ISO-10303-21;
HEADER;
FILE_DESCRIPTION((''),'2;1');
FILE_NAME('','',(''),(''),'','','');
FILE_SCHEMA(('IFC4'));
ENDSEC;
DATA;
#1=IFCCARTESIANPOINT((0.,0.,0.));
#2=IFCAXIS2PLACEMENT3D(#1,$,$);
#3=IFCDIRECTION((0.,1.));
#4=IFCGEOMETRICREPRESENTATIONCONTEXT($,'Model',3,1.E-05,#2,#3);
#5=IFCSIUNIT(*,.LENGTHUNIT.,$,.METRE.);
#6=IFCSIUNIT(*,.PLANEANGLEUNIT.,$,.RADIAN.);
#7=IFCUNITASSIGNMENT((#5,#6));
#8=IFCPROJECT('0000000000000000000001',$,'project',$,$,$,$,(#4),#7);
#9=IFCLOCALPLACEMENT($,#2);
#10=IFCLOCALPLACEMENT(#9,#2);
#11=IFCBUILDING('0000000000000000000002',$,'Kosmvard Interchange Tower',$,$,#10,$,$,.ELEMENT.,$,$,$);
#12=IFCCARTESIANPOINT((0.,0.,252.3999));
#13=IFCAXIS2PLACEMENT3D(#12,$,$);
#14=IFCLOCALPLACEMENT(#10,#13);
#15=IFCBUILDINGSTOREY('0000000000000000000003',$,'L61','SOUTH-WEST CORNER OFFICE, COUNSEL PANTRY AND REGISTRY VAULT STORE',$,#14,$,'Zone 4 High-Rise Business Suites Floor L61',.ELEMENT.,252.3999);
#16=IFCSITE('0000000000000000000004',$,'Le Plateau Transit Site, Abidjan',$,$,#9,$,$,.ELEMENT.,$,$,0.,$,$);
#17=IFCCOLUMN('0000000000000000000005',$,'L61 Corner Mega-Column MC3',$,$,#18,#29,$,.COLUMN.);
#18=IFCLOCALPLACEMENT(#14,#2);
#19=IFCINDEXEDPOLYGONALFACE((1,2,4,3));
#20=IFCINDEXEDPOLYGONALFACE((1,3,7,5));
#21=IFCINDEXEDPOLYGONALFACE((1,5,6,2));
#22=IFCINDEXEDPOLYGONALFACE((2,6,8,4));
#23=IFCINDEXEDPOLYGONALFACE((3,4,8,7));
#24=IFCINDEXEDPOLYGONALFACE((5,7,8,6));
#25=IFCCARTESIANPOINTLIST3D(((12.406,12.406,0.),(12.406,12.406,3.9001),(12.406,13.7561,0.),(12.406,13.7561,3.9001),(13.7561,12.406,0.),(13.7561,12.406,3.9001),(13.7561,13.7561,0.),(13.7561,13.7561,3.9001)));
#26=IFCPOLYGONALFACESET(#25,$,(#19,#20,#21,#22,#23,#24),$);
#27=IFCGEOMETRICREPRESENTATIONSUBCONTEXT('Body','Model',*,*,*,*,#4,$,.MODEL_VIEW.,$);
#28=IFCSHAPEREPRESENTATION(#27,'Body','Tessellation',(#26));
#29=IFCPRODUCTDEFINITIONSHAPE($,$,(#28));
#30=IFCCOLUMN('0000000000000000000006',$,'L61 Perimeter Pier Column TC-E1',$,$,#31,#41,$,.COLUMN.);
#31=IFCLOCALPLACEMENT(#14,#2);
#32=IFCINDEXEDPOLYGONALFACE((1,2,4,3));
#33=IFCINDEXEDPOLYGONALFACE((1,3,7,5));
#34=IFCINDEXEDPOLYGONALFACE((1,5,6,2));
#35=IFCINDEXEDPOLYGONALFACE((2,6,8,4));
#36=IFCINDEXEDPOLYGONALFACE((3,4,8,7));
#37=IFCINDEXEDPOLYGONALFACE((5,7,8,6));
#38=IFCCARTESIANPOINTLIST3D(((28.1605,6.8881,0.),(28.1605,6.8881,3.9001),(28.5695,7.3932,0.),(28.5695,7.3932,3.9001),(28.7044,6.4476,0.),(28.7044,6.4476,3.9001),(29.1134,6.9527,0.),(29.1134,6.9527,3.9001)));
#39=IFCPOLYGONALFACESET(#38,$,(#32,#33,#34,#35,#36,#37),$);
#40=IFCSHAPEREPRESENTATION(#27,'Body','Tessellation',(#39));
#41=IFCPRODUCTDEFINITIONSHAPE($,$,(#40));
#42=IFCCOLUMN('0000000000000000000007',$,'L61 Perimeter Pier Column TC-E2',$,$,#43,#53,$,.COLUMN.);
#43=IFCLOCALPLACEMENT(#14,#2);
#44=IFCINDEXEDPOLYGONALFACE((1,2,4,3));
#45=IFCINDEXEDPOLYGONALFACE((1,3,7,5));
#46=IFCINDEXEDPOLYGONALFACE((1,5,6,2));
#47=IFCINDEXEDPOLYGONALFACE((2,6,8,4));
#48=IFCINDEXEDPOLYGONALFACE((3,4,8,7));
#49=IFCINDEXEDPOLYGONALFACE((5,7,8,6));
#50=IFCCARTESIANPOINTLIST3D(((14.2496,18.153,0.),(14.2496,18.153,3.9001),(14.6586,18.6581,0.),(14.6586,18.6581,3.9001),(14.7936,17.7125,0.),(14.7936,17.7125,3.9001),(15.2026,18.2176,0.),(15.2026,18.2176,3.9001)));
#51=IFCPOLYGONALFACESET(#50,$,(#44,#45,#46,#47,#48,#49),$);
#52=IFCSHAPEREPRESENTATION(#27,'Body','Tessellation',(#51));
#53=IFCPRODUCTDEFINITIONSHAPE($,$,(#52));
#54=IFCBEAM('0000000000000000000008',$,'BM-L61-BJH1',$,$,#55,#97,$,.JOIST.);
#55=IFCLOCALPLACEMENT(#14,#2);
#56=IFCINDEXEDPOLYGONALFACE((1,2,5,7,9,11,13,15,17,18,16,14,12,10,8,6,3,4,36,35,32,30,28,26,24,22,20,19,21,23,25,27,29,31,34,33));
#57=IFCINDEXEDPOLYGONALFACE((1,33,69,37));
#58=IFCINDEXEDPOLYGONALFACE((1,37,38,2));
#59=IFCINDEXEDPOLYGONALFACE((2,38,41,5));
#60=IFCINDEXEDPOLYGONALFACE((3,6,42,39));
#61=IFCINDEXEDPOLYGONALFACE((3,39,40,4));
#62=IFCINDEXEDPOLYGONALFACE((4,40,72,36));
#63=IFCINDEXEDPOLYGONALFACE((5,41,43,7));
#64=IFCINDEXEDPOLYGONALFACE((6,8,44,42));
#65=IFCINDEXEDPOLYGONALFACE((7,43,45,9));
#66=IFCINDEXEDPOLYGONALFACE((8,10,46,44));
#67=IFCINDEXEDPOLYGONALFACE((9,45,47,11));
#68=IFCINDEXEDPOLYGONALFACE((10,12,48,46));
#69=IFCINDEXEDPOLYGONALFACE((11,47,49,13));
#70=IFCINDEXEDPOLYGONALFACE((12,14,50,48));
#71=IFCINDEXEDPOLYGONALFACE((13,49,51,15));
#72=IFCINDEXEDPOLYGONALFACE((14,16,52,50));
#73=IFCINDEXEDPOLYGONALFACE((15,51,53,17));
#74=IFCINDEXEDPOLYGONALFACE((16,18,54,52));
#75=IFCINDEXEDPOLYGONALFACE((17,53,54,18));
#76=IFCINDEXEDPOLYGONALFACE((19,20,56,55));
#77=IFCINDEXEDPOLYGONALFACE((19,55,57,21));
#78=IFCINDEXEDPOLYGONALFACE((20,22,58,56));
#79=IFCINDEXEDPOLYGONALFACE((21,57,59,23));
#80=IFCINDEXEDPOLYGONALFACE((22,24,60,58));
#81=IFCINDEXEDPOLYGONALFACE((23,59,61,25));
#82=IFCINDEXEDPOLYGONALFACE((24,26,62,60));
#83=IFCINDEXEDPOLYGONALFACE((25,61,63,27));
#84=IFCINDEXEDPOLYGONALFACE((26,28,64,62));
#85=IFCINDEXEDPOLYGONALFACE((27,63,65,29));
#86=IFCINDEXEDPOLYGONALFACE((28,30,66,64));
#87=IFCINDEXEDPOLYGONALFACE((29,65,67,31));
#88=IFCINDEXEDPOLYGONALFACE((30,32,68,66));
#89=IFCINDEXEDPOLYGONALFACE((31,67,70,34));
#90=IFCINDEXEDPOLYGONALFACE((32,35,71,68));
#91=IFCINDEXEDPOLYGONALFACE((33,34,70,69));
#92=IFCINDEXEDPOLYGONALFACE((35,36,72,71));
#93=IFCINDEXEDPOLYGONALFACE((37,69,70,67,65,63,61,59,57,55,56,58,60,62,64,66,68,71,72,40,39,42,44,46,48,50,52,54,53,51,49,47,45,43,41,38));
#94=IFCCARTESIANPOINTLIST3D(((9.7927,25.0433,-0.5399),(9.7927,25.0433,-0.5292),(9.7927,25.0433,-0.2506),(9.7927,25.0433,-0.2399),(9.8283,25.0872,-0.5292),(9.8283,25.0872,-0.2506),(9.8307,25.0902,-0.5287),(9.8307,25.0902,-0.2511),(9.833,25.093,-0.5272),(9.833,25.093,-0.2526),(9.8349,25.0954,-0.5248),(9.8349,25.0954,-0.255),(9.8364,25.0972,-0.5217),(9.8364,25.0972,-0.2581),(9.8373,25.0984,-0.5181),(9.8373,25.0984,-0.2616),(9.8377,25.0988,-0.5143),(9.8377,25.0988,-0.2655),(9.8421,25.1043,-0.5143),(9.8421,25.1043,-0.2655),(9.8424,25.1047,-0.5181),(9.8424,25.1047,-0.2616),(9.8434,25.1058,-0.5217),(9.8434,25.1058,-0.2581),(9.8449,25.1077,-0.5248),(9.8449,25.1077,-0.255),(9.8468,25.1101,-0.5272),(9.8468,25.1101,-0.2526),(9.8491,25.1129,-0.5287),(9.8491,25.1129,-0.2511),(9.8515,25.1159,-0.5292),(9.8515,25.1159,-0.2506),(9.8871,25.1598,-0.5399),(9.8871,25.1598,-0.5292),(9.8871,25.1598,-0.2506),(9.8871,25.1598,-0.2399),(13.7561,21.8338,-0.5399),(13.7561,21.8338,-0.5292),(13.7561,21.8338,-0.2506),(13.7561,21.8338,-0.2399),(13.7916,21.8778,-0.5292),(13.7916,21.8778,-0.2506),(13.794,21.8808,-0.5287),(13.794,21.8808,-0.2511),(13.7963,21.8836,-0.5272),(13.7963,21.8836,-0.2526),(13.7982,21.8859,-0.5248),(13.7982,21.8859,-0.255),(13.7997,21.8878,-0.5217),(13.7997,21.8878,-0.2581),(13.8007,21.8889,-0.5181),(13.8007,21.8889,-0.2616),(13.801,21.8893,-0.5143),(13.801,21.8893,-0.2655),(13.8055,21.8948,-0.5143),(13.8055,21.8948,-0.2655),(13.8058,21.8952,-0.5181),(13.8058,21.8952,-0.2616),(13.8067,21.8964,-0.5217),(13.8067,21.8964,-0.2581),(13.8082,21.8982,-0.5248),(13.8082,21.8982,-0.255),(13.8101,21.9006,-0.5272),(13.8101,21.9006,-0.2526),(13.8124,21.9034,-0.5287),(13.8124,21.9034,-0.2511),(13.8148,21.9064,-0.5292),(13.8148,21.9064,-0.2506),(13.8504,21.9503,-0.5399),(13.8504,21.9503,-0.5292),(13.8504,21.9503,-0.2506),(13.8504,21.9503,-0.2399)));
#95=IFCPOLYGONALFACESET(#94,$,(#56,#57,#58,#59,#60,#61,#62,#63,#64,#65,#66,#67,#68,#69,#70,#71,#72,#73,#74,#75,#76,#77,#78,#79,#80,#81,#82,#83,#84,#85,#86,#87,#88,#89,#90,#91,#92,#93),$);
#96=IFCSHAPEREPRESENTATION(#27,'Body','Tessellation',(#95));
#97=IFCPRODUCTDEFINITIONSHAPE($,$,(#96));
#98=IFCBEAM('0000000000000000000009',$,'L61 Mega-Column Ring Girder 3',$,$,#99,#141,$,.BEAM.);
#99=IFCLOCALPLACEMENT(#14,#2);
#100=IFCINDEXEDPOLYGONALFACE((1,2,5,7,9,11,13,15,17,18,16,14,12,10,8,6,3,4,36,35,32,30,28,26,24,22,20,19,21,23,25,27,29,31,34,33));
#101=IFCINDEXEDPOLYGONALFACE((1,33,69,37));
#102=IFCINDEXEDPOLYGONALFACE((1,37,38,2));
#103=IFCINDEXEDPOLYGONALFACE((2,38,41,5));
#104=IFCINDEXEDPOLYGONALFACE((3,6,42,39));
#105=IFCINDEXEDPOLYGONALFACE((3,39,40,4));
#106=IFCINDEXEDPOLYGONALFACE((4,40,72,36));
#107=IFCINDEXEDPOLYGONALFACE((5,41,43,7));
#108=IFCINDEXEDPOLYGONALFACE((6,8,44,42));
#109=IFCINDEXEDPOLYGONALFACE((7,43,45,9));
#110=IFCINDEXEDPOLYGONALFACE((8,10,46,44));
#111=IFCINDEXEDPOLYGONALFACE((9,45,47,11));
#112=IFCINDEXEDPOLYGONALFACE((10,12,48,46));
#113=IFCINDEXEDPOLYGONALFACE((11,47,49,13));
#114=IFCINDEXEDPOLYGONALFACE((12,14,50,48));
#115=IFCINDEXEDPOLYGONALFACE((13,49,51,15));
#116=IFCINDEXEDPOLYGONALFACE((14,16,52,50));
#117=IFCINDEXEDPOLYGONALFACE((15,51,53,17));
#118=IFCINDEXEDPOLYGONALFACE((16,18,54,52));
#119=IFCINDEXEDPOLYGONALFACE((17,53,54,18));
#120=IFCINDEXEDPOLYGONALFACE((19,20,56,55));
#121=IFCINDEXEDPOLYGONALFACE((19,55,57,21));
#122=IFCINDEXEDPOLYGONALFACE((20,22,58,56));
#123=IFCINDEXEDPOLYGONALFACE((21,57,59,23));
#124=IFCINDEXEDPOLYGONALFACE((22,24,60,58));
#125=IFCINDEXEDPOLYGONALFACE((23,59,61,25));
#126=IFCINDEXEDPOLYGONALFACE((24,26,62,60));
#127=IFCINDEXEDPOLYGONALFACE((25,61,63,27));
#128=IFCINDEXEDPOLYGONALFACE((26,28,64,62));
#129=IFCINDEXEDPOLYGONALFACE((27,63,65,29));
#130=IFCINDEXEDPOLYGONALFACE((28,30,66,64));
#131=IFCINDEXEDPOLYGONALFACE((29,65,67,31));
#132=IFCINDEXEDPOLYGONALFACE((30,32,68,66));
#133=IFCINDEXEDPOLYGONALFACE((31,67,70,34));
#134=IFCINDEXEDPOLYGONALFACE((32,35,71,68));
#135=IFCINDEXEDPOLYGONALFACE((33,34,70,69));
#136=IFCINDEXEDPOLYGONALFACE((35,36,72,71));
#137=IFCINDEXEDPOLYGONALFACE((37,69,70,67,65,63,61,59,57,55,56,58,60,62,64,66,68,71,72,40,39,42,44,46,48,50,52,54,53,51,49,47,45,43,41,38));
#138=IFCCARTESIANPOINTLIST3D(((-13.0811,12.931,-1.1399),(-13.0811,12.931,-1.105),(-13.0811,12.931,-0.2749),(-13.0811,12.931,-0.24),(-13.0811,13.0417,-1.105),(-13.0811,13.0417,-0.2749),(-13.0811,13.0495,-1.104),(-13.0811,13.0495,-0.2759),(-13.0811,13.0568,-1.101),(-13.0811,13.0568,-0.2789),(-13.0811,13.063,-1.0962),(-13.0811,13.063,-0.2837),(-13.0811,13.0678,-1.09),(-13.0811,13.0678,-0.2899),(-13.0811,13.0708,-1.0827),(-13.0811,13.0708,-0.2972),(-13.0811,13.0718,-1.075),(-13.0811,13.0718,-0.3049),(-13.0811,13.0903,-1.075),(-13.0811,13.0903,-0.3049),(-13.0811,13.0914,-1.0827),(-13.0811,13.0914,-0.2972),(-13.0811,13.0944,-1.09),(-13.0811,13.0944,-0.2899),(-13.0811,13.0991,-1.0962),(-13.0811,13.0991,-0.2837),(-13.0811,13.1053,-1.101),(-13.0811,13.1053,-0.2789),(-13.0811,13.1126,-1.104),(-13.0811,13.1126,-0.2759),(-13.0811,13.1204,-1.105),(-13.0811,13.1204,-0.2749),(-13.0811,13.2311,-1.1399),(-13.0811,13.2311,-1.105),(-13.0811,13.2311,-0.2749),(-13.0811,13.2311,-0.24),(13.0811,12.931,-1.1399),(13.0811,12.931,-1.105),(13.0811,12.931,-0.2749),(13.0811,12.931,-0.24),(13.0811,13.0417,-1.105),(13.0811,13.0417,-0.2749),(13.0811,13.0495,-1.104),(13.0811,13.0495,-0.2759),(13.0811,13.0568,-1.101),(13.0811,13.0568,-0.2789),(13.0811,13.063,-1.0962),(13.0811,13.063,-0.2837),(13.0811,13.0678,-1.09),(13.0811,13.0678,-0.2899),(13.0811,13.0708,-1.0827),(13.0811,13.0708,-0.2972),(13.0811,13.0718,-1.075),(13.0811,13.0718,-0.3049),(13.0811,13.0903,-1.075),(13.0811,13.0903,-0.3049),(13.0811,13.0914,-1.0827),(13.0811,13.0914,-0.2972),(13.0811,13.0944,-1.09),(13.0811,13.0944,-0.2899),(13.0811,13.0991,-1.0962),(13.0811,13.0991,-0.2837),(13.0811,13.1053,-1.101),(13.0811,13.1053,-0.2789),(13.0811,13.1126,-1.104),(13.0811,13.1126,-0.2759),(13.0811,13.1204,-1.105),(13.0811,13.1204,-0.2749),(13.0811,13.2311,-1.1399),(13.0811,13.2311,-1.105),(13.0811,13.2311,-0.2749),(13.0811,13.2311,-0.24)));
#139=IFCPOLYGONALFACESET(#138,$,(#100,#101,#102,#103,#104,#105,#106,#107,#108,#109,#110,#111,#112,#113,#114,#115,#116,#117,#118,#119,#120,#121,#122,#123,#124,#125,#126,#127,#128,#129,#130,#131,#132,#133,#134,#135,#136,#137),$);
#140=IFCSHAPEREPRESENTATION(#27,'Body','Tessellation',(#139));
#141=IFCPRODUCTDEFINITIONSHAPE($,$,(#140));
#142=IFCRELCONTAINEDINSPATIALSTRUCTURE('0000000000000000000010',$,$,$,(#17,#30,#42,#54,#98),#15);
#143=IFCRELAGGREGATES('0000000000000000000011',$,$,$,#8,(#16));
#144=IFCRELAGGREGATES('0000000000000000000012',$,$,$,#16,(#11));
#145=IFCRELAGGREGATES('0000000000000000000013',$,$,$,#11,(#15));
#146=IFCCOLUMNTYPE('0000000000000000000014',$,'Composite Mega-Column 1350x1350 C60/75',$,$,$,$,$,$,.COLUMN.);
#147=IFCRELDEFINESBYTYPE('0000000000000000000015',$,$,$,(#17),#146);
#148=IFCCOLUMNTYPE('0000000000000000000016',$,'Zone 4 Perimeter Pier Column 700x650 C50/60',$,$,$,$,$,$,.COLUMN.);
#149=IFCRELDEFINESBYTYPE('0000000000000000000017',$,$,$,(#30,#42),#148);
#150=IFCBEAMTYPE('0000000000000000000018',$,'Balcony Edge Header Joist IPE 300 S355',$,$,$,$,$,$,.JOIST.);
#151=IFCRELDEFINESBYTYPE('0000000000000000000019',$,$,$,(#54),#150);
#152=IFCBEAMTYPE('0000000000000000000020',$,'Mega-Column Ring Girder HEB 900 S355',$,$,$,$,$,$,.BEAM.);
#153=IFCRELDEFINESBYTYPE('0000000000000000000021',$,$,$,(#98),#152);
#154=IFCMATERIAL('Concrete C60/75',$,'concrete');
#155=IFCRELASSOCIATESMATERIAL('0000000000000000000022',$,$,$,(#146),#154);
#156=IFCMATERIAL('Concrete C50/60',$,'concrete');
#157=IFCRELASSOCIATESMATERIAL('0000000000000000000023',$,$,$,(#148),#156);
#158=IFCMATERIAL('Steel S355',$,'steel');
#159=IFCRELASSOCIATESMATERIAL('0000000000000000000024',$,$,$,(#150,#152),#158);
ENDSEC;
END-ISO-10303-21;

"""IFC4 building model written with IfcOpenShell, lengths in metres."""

from ifc_helpers import new_model, si_unit, direction, frame, origin, origin_2d, place, context, subcontext, project, spatial, rectangle, i_section, extrude, source, transform, mapped, material, material_profile, profile_set, type_object, element, save


model = new_model("IFC4")

# Units and contexts
model_context = context("Model", 3, precision=1e-05, world=origin(), true_north=direction((0.0, 1.0)))
body_context = subcontext(model_context, "Body", "Model", "MODEL_VIEW")
ifc_project = project(units=[si_unit("LENGTHUNIT", "METRE"), si_unit("PLANEANGLEUNIT", "RADIAN")], contexts=[model_context])

# Site, building, storey
site_placement = place(None, origin())
site = spatial("IfcSite", under=ifc_project, at=site_placement, Name="Le Plateau Transit Site, Abidjan", CompositionType="ELEMENT", RefElevation=0.0)
building_placement = place(site_placement, origin())
building = spatial("IfcBuilding", under=site, at=building_placement, Name="Kosmvard Interchange Tower", CompositionType="ELEMENT")
storey_placement = place(building_placement, frame((0.0, 0.0, 252.3999)))
storey = spatial("IfcBuildingStorey", under=building, at=storey_placement, Name="L61", Description="SOUTH-WEST CORNER OFFICE, COUNSEL PANTRY AND REGISTRY VAULT STORE", LongName="Zone 4 High-Rise Business Suites Floor L61", CompositionType="ELEMENT", Elevation=252.3999)

# Columns
ifc_material_1 = material(Name="Concrete C60/75", Category="concrete")
ifc_material_profile_1 = material_profile(ifc_material_1, rectangle(XDim=1.3501, YDim=1.3501, at=origin_2d()), Name="MC 1350x1350")
ifc_profile_set_1 = profile_set([ifc_material_profile_1], Name="Concrete C60/75")
column_type_1 = type_object("IfcColumnType", Name="Composite Mega-Column 1350x1350 C60/75", PredefinedType="COLUMN", material=ifc_profile_set_1)
shared_shape_1 = source(origin(), body_context, "Body", "SweptSolid", [
    extrude(rectangle(XDim=1.3501, YDim=1.3501, at=origin_2d()), origin(), (0.0, 0.0, 1.0), 3.9001),
])
column_placement = place(storey_placement, frame((13.0811, 13.0811, 0.0), z_axis=(0.0, 0.0, 1.0), x_axis=(1.0, 0.0, 0.0)))
element("IfcColumn", 1, at=column_placement, inside=storey, type_object=column_type_1, Name="L61 Corner Mega-Column MC3", PredefinedType="COLUMN", context=body_context, shape_type="MappedRepresentation", body=[
    mapped(shared_shape_1, transform((0.0, 0.0, 0.0), scale=1.0)),
])
ifc_material_2 = material(Name="Concrete C50/60", Category="concrete")
ifc_material_profile_2 = material_profile(ifc_material_2, rectangle(XDim=0.6499, YDim=0.7, at=origin_2d()), Name="TC 700x650")
ifc_profile_set_2 = profile_set([ifc_material_profile_2], Name="Concrete C50/60")
column_type_2 = type_object("IfcColumnType", Name="Zone 4 Perimeter Pier Column 700x650 C50/60", PredefinedType="COLUMN", material=ifc_profile_set_2)
shared_shape_2 = source(origin(), body_context, "Body", "SweptSolid", [
    extrude(rectangle(XDim=0.6499, YDim=0.7, at=origin_2d()), origin(), (0.0, 0.0, 1.0), 3.9001),
])
for number, where, z_axis, x_axis, name in (
    (2, (28.637, 6.9204, 0.0), (0.0, 0.0, 1.0), (0.62932, 0.777146, 0.0), "L61 Perimeter Pier Column TC-E1"),
    (3, (14.7261, 18.1853, 0.0), (0.0, 0.0, 1.0), (0.62932, 0.777146, 0.0), "L61 Perimeter Pier Column TC-E2"),
):
    element("IfcColumn", number, at=place(storey_placement, frame(where, z_axis=z_axis, x_axis=x_axis)), inside=storey, type_object=column_type_2, Name=name, PredefinedType="COLUMN", context=body_context, shape_type="MappedRepresentation", body=[
        mapped(shared_shape_2, transform((0.0, 0.0, 0.0), scale=1.0)),
    ])

# Beams
ifc_material_3 = material(Name="Steel S355", Category="steel")
ifc_material_profile_3 = material_profile(ifc_material_3, i_section(OverallWidth=0.1499, OverallDepth=0.3, WebThickness=0.0071, FlangeThickness=0.0107, FilletRadius=0.0149, at=origin_2d()), Name="IPE 300")
ifc_profile_set_3 = profile_set([ifc_material_profile_3], Name="Steel S355")
beam_type_1 = type_object("IfcBeamType", Name="Balcony Edge Header Joist IPE 300 S355", PredefinedType="JOIST", material=ifc_profile_set_3)
shared_shape_3 = source(origin(), body_context, "Body", "SweptSolid", [
    extrude(i_section(OverallWidth=0.1499, OverallDepth=0.3, WebThickness=0.0071, FlangeThickness=0.0107, FilletRadius=0.0149, at=origin_2d()), origin(), (0.0, 0.0, 1.0), 5.0999),
])
beam_1_placement = place(storey_placement, frame((13.8032, 21.8921, -0.3899), z_axis=(-0.777147, 0.629319, 0.0), x_axis=(-0.629319, -0.777147, 0.0)))
element("IfcBeam", 4, at=beam_1_placement, inside=storey, type_object=beam_type_1, Name="BM-L61-BJH1", PredefinedType="JOIST", context=body_context, shape_type="MappedRepresentation", body=[
    mapped(shared_shape_3, transform((0.0, 0.0, 0.0), scale=1.0)),
])
ifc_material_profile_4 = material_profile(ifc_material_3, i_section(OverallWidth=0.3, OverallDepth=0.8999, WebThickness=0.0186, FlangeThickness=0.0349, FilletRadius=0.03, at=origin_2d()), Name="HEB 900")
ifc_profile_set_4 = profile_set([ifc_material_profile_4], Name="Steel S355")
beam_type_2 = type_object("IfcBeamType", Name="Mega-Column Ring Girder HEB 900 S355", PredefinedType="BEAM", material=ifc_profile_set_4)
shared_shape_4 = source(origin(), body_context, "Body", "SweptSolid", [
    extrude(i_section(OverallWidth=0.3, OverallDepth=0.8999, WebThickness=0.0186, FlangeThickness=0.0349, FilletRadius=0.03, at=origin_2d()), origin(), (0.0, 0.0, 1.0), 26.1621),
])
beam_2_placement = place(storey_placement, frame((13.0811, 13.0811, -0.6899), z_axis=(-1.0, 0.0, 0.0), x_axis=(0.0, -1.0, 0.0)))
element("IfcBeam", 5, at=beam_2_placement, inside=storey, type_object=beam_type_2, Name="L61 Mega-Column Ring Girder 3", PredefinedType="BEAM", context=body_context, shape_type="MappedRepresentation", body=[
    mapped(shared_shape_4, transform((0.0, 0.0, 0.0), scale=1.0)),
])

save(model, "model.ifc")
